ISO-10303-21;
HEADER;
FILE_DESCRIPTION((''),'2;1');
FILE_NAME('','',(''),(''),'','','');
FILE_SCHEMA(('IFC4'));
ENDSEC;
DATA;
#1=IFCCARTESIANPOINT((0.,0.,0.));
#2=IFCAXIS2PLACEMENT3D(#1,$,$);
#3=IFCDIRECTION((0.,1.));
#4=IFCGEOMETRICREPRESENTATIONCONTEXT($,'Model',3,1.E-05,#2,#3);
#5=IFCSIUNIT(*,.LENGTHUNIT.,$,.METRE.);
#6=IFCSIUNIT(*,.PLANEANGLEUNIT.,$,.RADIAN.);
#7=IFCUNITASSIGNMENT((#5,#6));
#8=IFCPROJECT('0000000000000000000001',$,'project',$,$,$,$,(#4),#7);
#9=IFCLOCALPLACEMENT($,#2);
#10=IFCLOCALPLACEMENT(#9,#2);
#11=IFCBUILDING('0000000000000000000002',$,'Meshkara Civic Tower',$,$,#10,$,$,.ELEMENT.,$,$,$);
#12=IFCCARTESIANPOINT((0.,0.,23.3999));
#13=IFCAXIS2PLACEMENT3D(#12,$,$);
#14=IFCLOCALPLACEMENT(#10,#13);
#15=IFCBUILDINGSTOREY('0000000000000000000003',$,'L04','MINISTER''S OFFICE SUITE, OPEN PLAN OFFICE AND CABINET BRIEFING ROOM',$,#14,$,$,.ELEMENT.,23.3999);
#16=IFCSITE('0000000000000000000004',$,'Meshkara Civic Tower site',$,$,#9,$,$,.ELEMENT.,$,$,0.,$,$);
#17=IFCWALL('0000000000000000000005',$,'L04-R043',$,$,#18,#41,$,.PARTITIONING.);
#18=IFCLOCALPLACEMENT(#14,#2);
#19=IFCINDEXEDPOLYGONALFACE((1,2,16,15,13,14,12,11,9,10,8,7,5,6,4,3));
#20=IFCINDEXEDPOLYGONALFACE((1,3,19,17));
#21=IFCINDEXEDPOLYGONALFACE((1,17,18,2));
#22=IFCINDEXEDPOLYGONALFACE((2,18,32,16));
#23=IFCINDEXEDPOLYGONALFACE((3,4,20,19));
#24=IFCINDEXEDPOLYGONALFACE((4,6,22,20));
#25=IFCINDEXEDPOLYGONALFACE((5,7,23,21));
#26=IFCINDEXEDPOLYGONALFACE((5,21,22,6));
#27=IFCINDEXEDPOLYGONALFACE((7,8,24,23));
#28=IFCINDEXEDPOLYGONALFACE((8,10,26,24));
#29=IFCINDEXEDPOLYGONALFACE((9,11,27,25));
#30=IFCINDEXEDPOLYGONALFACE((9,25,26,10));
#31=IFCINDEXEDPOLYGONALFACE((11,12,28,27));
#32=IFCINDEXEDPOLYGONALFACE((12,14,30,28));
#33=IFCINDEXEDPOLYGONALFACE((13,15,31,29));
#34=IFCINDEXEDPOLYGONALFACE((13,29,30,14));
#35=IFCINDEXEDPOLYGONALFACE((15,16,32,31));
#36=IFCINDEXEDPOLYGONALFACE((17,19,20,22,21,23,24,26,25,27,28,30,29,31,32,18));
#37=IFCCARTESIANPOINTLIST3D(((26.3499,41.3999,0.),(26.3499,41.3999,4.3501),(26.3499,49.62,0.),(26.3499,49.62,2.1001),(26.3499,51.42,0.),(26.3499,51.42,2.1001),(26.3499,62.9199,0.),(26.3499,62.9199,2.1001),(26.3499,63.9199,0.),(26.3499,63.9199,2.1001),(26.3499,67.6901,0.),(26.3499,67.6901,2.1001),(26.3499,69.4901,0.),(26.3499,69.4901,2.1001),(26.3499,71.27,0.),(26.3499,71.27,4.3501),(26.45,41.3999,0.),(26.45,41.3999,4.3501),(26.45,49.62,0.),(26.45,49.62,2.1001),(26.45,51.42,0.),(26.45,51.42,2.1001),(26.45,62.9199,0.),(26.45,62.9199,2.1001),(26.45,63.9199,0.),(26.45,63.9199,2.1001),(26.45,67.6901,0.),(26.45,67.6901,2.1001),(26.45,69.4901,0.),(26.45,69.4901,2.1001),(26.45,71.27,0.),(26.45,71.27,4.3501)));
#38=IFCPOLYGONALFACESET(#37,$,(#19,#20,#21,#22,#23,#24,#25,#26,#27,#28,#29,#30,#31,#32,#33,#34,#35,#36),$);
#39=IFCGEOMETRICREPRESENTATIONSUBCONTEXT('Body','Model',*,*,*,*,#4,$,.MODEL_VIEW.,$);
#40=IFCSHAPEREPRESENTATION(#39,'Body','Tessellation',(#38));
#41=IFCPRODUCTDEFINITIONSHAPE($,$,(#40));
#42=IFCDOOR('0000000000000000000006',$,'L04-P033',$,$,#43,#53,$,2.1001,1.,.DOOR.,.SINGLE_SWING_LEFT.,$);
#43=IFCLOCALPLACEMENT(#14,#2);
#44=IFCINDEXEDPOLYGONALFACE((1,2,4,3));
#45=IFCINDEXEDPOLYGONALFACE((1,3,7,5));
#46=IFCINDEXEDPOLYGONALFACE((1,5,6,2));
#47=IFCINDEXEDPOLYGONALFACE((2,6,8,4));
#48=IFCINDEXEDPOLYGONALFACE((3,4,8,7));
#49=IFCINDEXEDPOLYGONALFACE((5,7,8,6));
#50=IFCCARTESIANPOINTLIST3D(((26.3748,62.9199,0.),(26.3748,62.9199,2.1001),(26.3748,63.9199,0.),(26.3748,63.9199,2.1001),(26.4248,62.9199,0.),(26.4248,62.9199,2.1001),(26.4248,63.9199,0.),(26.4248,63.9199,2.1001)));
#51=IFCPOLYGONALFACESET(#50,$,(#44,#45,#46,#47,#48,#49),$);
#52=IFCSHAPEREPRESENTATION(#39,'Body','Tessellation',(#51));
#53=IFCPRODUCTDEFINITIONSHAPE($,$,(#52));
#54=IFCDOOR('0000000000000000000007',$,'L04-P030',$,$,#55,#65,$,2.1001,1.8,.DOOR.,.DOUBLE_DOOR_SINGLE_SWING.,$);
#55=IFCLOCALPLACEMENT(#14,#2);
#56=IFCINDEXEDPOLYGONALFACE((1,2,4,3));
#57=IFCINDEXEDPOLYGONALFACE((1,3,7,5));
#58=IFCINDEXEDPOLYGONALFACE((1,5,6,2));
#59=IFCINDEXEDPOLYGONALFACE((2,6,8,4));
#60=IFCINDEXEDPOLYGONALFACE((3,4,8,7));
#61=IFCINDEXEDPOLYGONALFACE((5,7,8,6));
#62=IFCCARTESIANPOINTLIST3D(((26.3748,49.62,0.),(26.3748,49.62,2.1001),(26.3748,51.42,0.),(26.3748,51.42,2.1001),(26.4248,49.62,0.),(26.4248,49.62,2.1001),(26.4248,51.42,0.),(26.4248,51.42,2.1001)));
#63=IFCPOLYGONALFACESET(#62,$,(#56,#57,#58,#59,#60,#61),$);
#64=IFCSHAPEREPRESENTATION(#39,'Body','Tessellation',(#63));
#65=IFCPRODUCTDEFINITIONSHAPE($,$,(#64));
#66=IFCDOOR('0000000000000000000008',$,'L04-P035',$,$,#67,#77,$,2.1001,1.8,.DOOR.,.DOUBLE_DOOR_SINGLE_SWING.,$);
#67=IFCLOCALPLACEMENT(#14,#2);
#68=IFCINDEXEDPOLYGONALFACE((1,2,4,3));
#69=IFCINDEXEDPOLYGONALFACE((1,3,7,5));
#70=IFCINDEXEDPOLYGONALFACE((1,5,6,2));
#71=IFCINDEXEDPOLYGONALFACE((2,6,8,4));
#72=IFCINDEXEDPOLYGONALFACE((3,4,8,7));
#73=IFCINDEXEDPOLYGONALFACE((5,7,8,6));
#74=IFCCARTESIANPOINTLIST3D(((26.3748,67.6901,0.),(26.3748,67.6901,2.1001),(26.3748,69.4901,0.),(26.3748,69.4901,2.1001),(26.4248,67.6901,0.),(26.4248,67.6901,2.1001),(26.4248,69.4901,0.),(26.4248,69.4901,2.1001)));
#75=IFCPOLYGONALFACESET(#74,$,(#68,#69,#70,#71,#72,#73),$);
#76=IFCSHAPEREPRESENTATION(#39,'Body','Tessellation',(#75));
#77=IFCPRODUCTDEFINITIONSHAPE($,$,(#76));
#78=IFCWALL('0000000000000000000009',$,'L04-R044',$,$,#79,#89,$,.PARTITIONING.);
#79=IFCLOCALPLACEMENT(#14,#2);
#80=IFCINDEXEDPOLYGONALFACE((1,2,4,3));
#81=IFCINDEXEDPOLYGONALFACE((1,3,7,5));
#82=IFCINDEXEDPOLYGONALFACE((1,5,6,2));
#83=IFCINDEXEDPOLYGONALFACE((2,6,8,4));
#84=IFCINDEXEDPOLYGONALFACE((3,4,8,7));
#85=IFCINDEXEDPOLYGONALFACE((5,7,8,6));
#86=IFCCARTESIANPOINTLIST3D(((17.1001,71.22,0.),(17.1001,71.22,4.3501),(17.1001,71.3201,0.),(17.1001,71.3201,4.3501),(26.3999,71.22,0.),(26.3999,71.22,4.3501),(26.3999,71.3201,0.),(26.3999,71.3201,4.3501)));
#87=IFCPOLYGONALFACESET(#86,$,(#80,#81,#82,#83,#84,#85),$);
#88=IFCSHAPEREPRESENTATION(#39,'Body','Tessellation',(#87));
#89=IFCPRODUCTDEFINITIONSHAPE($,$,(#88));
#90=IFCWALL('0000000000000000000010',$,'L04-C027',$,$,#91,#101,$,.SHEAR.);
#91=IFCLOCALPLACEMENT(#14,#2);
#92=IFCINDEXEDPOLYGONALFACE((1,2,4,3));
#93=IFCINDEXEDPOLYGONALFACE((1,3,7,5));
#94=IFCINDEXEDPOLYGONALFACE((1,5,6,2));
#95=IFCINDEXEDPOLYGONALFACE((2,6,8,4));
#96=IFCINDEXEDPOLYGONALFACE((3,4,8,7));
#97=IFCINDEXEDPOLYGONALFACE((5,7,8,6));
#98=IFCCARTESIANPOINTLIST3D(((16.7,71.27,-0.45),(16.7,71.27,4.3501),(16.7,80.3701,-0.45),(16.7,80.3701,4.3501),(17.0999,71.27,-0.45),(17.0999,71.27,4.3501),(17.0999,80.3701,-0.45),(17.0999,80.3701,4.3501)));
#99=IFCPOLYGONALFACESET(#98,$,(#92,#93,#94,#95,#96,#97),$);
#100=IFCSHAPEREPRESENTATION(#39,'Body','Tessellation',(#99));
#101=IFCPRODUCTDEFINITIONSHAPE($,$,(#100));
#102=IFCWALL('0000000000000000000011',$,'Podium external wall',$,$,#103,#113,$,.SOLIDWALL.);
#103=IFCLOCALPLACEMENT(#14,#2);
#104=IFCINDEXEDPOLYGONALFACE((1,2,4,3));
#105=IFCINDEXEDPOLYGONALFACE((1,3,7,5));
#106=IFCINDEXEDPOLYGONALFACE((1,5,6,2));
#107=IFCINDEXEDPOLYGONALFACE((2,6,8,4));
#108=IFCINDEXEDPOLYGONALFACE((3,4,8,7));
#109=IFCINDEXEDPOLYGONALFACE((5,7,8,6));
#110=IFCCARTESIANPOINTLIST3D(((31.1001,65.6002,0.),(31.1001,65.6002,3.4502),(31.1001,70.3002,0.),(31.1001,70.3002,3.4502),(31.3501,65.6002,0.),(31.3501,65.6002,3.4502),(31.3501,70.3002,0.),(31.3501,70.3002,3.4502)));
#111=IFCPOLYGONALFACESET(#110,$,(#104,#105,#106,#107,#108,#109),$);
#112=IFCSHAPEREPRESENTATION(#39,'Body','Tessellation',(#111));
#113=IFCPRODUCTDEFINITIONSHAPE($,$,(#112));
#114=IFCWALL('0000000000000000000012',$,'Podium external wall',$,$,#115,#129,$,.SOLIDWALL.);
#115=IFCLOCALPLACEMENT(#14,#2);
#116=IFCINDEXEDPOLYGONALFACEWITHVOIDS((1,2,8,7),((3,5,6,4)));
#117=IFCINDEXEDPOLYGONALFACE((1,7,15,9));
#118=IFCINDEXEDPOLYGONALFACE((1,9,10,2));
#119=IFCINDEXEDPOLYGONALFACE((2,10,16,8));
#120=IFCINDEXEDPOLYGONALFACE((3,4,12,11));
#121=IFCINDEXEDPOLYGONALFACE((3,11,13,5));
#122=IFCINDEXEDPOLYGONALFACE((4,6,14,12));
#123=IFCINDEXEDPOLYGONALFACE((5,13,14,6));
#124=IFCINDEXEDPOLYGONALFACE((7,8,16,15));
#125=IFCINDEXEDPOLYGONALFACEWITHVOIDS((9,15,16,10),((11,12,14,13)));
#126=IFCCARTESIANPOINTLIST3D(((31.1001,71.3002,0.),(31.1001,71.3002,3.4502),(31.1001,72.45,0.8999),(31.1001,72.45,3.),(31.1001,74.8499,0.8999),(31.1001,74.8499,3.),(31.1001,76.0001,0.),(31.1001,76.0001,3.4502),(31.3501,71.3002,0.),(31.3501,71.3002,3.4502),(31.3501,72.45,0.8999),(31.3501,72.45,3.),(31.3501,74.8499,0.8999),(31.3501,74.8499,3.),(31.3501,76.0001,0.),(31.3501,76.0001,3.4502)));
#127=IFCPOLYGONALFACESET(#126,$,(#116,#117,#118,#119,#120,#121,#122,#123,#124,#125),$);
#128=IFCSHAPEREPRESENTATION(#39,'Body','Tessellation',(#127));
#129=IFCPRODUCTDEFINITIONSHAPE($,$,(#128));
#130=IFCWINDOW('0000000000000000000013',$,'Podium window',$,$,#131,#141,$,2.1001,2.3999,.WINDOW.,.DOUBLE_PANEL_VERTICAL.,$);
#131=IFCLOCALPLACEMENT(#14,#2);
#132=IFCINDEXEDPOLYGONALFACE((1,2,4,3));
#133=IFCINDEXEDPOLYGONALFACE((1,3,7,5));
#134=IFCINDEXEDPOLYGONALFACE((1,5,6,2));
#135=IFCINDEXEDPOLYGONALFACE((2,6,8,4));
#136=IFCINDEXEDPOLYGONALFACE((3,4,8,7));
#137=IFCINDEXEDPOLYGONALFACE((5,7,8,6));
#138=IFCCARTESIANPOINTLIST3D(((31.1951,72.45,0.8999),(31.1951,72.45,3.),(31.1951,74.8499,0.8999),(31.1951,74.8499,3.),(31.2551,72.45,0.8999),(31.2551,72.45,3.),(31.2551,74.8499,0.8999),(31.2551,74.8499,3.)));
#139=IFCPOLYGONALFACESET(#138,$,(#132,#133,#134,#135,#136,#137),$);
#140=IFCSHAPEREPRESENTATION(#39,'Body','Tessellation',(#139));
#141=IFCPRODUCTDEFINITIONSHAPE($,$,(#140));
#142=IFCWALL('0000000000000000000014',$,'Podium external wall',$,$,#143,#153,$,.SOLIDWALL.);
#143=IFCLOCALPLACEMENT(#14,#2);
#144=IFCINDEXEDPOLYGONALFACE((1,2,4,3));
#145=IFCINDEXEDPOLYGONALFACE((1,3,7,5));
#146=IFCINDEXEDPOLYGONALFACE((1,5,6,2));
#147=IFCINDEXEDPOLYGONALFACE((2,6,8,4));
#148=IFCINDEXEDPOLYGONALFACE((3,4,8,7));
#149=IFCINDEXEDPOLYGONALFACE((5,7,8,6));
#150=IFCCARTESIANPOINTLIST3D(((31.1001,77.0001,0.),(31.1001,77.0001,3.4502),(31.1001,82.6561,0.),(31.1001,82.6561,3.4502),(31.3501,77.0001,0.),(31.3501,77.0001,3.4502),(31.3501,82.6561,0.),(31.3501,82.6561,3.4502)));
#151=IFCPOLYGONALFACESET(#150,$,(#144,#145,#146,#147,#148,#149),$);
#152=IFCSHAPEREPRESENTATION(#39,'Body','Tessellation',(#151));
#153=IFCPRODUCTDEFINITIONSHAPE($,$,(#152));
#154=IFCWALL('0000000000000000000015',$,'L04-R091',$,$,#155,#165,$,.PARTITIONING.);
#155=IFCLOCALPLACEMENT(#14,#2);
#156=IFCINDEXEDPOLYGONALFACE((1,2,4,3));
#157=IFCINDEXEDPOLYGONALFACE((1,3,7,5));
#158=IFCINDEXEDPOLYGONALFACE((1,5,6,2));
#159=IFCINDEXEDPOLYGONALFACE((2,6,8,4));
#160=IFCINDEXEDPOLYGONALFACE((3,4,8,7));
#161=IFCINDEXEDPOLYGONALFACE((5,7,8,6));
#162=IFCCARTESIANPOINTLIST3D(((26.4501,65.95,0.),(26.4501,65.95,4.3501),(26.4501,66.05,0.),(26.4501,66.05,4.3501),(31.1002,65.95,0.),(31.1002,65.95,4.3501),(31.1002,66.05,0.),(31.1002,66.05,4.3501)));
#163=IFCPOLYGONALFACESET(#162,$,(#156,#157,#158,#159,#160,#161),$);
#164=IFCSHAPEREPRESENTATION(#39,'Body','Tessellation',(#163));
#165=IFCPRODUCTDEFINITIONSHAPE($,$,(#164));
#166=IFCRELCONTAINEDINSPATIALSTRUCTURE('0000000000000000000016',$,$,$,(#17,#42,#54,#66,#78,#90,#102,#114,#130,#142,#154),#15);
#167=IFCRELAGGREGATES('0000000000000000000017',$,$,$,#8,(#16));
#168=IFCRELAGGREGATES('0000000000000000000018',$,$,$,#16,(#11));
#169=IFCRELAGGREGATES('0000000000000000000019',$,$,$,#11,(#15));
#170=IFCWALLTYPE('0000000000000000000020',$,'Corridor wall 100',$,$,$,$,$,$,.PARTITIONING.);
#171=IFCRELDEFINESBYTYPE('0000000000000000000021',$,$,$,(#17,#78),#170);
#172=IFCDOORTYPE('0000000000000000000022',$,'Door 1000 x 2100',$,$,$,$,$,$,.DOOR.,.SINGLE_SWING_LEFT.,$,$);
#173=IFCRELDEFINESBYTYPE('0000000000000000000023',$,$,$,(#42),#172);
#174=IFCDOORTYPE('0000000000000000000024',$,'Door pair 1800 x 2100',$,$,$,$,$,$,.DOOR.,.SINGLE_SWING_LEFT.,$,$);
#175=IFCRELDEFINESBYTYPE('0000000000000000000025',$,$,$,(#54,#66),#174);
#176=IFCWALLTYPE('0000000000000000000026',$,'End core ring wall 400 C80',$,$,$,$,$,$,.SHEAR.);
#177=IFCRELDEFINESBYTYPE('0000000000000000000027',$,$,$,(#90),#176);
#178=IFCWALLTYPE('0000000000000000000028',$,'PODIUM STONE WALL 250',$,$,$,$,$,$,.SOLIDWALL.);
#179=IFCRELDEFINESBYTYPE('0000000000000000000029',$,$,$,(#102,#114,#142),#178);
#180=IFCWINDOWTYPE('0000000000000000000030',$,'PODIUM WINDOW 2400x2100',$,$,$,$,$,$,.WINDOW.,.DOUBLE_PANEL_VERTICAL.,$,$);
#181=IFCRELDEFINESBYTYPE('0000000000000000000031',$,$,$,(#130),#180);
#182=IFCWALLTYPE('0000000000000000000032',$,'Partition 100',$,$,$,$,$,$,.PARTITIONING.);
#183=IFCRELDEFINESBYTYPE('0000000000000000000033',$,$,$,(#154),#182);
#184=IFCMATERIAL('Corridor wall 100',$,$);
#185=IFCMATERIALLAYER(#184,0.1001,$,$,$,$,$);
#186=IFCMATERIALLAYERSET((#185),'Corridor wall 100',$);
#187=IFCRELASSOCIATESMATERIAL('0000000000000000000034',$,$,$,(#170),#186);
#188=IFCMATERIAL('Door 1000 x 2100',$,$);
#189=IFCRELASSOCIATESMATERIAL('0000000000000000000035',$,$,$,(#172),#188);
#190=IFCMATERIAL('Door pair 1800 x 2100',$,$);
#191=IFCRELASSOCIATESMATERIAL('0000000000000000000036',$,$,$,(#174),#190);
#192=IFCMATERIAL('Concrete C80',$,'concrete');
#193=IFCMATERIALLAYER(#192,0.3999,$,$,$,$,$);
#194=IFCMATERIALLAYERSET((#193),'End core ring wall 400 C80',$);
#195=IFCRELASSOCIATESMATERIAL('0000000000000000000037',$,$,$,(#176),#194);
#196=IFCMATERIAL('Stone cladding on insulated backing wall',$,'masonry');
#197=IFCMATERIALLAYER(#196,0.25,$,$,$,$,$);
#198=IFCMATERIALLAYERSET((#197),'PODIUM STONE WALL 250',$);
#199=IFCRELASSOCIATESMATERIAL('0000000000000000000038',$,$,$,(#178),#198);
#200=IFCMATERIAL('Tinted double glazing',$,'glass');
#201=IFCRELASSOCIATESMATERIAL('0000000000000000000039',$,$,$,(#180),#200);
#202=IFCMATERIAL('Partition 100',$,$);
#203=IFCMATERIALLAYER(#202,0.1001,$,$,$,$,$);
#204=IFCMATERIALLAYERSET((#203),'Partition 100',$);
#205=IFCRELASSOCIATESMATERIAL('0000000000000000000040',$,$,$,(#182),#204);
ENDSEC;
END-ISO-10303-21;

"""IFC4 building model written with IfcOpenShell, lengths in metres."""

from ifc_helpers import new_model, si_unit, direction, frame, frame_2d, origin, place, context, subcontext, project, spatial, rectangle, extrude, material, layer, layer_set, type_object, element, fill, save


model = new_model("IFC4")

# Units and contexts
model_context = context("Model", 3, precision=1e-05, world=origin(), true_north=direction((0.0, 1.0)))
body_context = subcontext(model_context, "Body", "Model", "MODEL_VIEW")
ifc_project = project(units=[si_unit("LENGTHUNIT", "METRE"), si_unit("PLANEANGLEUNIT", "RADIAN")], contexts=[model_context])

# Site, building, storey
site_placement = place(None, origin())
site = spatial("IfcSite", under=ifc_project, at=site_placement, Name="Meshkara Civic Tower site", CompositionType="ELEMENT", RefElevation=0.0)
building_placement = place(site_placement, origin())
building = spatial("IfcBuilding", under=site, at=building_placement, Name="Meshkara Civic Tower", CompositionType="ELEMENT")
storey_placement = place(building_placement, frame((0.0, 0.0, 23.3999)))
storey = spatial("IfcBuildingStorey", under=building, at=storey_placement, Name="L04", Description="MINISTER'S OFFICE SUITE, OPEN PLAN OFFICE AND CABINET BRIEFING ROOM", CompositionType="ELEMENT", Elevation=23.3999)

# Shared definitions
ifc_material_1 = material(Name="Corridor wall 100")
ifc_layer_1 = layer(ifc_material_1, 0.1001)
ifc_layer_set_1 = layer_set([ifc_layer_1], Name="Corridor wall 100")
wall_type_1 = type_object("IfcWallType", Name="Corridor wall 100", PredefinedType="PARTITIONING", material=ifc_layer_set_1)

# Wall, openings, doors
wall_1_placement = place(storey_placement, frame((26.3999, 71.27, 0.0), z_axis=(0.0, 0.0, 1.0), x_axis=(0.0, -1.0, 0.0)))
wall_1 = element("IfcWall", 1, at=wall_1_placement, inside=storey, type_object=wall_type_1, Name="L04-R043", PredefinedType="PARTITIONING", context=body_context, shape_type="SweptSolid", body=[
    extrude(rectangle(XDim=29.8701, YDim=0.1001, at=frame_2d((14.9351, 0.0))), origin(), (0.0, 0.0, 1.0), 4.3501),
])
opening_1_placement = place(wall_1_placement, frame((19.8501, 0.0, 0.0)))
opening_1 = element("IfcOpeningElement", 2, at=opening_1_placement, cuts=wall_1, PredefinedType="OPENING", context=body_context, shape_type="SweptSolid", body=[
    extrude(rectangle(XDim=1.8, YDim=2.1001, at=frame_2d((0.8999, 1.05))), frame((0.0, 0.0601, 0.0), z_axis=(0.0, -1.0, 0.0), x_axis=(1.0, 0.0, 0.0)), (0.0, 0.0, 1.0), 0.1201),
])
opening_2_placement = place(wall_1_placement, frame((7.3501, 0.0, 0.0)))
opening_2 = element("IfcOpeningElement", 3, at=opening_2_placement, cuts=wall_1, PredefinedType="OPENING", context=body_context, shape_type="SweptSolid", body=[
    extrude(rectangle(XDim=1.0, YDim=2.1001, at=frame_2d((0.5, 1.05))), frame((0.0, 0.0601, 0.0), z_axis=(0.0, -1.0, 0.0), x_axis=(1.0, 0.0, 0.0)), (0.0, 0.0, 1.0), 0.1201),
])
opening_3_placement = place(wall_1_placement, frame((1.78, 0.0, 0.0)))
opening_3 = element("IfcOpeningElement", 4, at=opening_3_placement, cuts=wall_1, PredefinedType="OPENING", context=body_context, shape_type="SweptSolid", body=[
    extrude(rectangle(XDim=1.8, YDim=2.1001, at=frame_2d((0.8999, 1.05))), frame((0.0, 0.0601, 0.0), z_axis=(0.0, -1.0, 0.0), x_axis=(1.0, 0.0, 0.0)), (0.0, 0.0, 1.0), 0.1201),
])
ifc_material_2 = material(Name="Door 1000 x 2100")
door_type_1 = type_object("IfcDoorType", Name="Door 1000 x 2100", OperationType="SINGLE_SWING_LEFT", PredefinedType="DOOR", material=ifc_material_2)
door_1_placement = place(opening_2_placement, origin())
door_1 = element("IfcDoor", 5, at=door_1_placement, inside=storey, type_object=door_type_1, Name="L04-P033", OperationType="SINGLE_SWING_LEFT", OverallHeight=2.1001, OverallWidth=1.0, PredefinedType="DOOR", context=body_context, shape_type="SweptSolid", body=[
    extrude(rectangle(XDim=1.0, YDim=2.1001, at=frame_2d((0.5, 1.05))), frame((0.0, 0.0249, 0.0), z_axis=(0.0, -1.0, 0.0), x_axis=(1.0, 0.0, 0.0)), (0.0, 0.0, 1.0), 0.05),
])
fill(opening_2, door_1)
ifc_material_3 = material(Name="Door pair 1800 x 2100")
door_type_2 = type_object("IfcDoorType", Name="Door pair 1800 x 2100", OperationType="SINGLE_SWING_LEFT", PredefinedType="DOOR", material=ifc_material_3)
door_2_placement = place(opening_1_placement, origin())
door_2 = element("IfcDoor", 6, at=door_2_placement, inside=storey, type_object=door_type_2, Name="L04-P030", OperationType="DOUBLE_DOOR_SINGLE_SWING", OverallHeight=2.1001, OverallWidth=1.8, PredefinedType="DOOR", context=body_context, shape_type="SweptSolid", body=[
    extrude(rectangle(XDim=1.8, YDim=2.1001, at=frame_2d((0.8999, 1.05))), frame((0.0, 0.0249, 0.0), z_axis=(0.0, -1.0, 0.0), x_axis=(1.0, 0.0, 0.0)), (0.0, 0.0, 1.0), 0.05),
])
fill(opening_1, door_2)
door_3_placement = place(opening_3_placement, origin())
door_3 = element("IfcDoor", 7, at=door_3_placement, inside=storey, type_object=door_type_2, Name="L04-P035", OperationType="DOUBLE_DOOR_SINGLE_SWING", OverallHeight=2.1001, OverallWidth=1.8, PredefinedType="DOOR", context=body_context, shape_type="SweptSolid", body=[
    extrude(rectangle(XDim=1.8, YDim=2.1001, at=frame_2d((0.8999, 1.05))), frame((0.0, 0.0249, 0.0), z_axis=(0.0, -1.0, 0.0), x_axis=(1.0, 0.0, 0.0)), (0.0, 0.0, 1.0), 0.05),
])
fill(opening_3, door_3)

# Walls
wall_2_placement = place(storey_placement, frame((26.3999, 71.27, 0.0), z_axis=(0.0, 0.0, 1.0), x_axis=(-1.0, 0.0, 0.0)))
element("IfcWall", 8, at=wall_2_placement, inside=storey, type_object=wall_type_1, Name="L04-R044", PredefinedType="PARTITIONING", context=body_context, shape_type="SweptSolid", body=[
    extrude(rectangle(XDim=9.2998, YDim=0.1001, at=frame_2d((4.6499, 0.0))), origin(), (0.0, 0.0, 1.0), 4.3501),
])
ifc_material_4 = material(Name="Concrete C80", Category="concrete")
ifc_layer_2 = layer(ifc_material_4, 0.3999)
ifc_layer_set_2 = layer_set([ifc_layer_2], Name="End core ring wall 400 C80")
wall_type_2 = type_object("IfcWallType", Name="End core ring wall 400 C80", PredefinedType="SHEAR", material=ifc_layer_set_2)
wall_3_placement = place(storey_placement, frame((16.8999, 71.27, -0.45), z_axis=(0.0, 0.0, 1.0), x_axis=(0.0, 1.0, 0.0)))
element("IfcWall", 9, at=wall_3_placement, inside=storey, type_object=wall_type_2, Name="L04-C027", PredefinedType="SHEAR", context=body_context, shape_type="SweptSolid", body=[
    extrude(rectangle(XDim=9.1001, YDim=0.3999, at=frame_2d((4.55, 0.0))), origin(), (0.0, 0.0, 1.0), 4.8),
])
ifc_material_5 = material(Name="Stone cladding on insulated backing wall", Category="masonry")
ifc_layer_3 = layer(ifc_material_5, 0.25)
ifc_layer_set_3 = layer_set([ifc_layer_3], Name="PODIUM STONE WALL 250")
wall_type_3 = type_object("IfcWallType", Name="PODIUM STONE WALL 250", PredefinedType="SOLIDWALL", material=ifc_layer_set_3)
wall_4_placement = place(storey_placement, frame((31.2251, 65.6001, 0.0), z_axis=(0.0, 0.0, 1.0), x_axis=(0.0, 1.0, 0.0)))
element("IfcWall", 10, at=wall_4_placement, inside=storey, type_object=wall_type_3, Name="Podium external wall", PredefinedType="SOLIDWALL", context=body_context, shape_type="SweptSolid", body=[
    extrude(rectangle(XDim=4.7, YDim=0.25, at=frame_2d((2.3501, 0.0))), origin(), (0.0, 0.0, 1.0), 3.4502),
])

# Wall, opening, window
wall_5_placement = place(storey_placement, frame((31.2251, 71.3, 0.0), z_axis=(0.0, 0.0, 1.0), x_axis=(0.0, 1.0, 0.0)))
wall_5 = element("IfcWall", 11, at=wall_5_placement, inside=storey, type_object=wall_type_3, Name="Podium external wall", PredefinedType="SOLIDWALL", context=body_context, shape_type="SweptSolid", body=[
    extrude(rectangle(XDim=4.7, YDim=0.25, at=frame_2d((2.3501, 0.0))), origin(), (0.0, 0.0, 1.0), 3.4502),
])
opening_4_placement = place(wall_5_placement, frame((1.1499, 0.0, 0.8999)))
opening_4 = element("IfcOpeningElement", 12, at=opening_4_placement, cuts=wall_5, PredefinedType="OPENING", context=body_context, shape_type="SweptSolid", body=[
    extrude(rectangle(XDim=2.3999, YDim=2.1001, at=frame_2d((1.2, 1.05))), frame((0.0, 0.135, 0.0), z_axis=(0.0, -1.0, 0.0), x_axis=(1.0, 0.0, 0.0)), (0.0, 0.0, 1.0), 0.27),
])
ifc_material_6 = material(Name="Tinted double glazing", Category="glass")
window_type = type_object("IfcWindowType", Name="PODIUM WINDOW 2400x2100", PartitioningType="DOUBLE_PANEL_VERTICAL", PredefinedType="WINDOW", material=ifc_material_6)
window_placement = place(opening_4_placement, origin())
window = element("IfcWindow", 13, at=window_placement, inside=storey, type_object=window_type, Name="Podium window", OverallHeight=2.1001, OverallWidth=2.3999, PartitioningType="DOUBLE_PANEL_VERTICAL", PredefinedType="WINDOW", context=body_context, shape_type="SweptSolid", body=[
    extrude(rectangle(XDim=2.3999, YDim=2.1001, at=frame_2d((1.2, 1.05))), frame((0.0, 0.03, 0.0), z_axis=(0.0, -1.0, 0.0), x_axis=(1.0, 0.0, 0.0)), (0.0, 0.0, 1.0), 0.0601),
])
fill(opening_4, window)

# Walls
wall_6_placement = place(storey_placement, frame((31.2251, 77.0, 0.0), z_axis=(0.0, 0.0, 1.0), x_axis=(0.0, 1.0, 0.0)))
element("IfcWall", 14, at=wall_6_placement, inside=storey, type_object=wall_type_3, Name="Podium external wall", PredefinedType="SOLIDWALL", context=body_context, shape_type="SweptSolid", body=[
    extrude(rectangle(XDim=5.656, YDim=0.25, at=frame_2d((2.8281, 0.0))), origin(), (0.0, 0.0, 1.0), 3.4502),
])
ifc_material_7 = material(Name="Partition 100")
ifc_layer_4 = layer(ifc_material_7, 0.1001)
ifc_layer_set_4 = layer_set([ifc_layer_4], Name="Partition 100")
wall_type_4 = type_object("IfcWallType", Name="Partition 100", PredefinedType="PARTITIONING", material=ifc_layer_set_4)
wall_7_placement = place(storey_placement, frame((26.45, 66.0, 0.0), z_axis=(0.0, 0.0, 1.0), x_axis=(1.0, 0.0, 0.0)))
element("IfcWall", 15, at=wall_7_placement, inside=storey, type_object=wall_type_4, Name="L04-R091", PredefinedType="PARTITIONING", context=body_context, shape_type="SweptSolid", body=[
    extrude(rectangle(XDim=4.6501, YDim=0.1001, at=frame_2d((2.3252, 0.0))), origin(), (0.0, 0.0, 1.0), 4.3501),
])

save(model, "model.ifc")
